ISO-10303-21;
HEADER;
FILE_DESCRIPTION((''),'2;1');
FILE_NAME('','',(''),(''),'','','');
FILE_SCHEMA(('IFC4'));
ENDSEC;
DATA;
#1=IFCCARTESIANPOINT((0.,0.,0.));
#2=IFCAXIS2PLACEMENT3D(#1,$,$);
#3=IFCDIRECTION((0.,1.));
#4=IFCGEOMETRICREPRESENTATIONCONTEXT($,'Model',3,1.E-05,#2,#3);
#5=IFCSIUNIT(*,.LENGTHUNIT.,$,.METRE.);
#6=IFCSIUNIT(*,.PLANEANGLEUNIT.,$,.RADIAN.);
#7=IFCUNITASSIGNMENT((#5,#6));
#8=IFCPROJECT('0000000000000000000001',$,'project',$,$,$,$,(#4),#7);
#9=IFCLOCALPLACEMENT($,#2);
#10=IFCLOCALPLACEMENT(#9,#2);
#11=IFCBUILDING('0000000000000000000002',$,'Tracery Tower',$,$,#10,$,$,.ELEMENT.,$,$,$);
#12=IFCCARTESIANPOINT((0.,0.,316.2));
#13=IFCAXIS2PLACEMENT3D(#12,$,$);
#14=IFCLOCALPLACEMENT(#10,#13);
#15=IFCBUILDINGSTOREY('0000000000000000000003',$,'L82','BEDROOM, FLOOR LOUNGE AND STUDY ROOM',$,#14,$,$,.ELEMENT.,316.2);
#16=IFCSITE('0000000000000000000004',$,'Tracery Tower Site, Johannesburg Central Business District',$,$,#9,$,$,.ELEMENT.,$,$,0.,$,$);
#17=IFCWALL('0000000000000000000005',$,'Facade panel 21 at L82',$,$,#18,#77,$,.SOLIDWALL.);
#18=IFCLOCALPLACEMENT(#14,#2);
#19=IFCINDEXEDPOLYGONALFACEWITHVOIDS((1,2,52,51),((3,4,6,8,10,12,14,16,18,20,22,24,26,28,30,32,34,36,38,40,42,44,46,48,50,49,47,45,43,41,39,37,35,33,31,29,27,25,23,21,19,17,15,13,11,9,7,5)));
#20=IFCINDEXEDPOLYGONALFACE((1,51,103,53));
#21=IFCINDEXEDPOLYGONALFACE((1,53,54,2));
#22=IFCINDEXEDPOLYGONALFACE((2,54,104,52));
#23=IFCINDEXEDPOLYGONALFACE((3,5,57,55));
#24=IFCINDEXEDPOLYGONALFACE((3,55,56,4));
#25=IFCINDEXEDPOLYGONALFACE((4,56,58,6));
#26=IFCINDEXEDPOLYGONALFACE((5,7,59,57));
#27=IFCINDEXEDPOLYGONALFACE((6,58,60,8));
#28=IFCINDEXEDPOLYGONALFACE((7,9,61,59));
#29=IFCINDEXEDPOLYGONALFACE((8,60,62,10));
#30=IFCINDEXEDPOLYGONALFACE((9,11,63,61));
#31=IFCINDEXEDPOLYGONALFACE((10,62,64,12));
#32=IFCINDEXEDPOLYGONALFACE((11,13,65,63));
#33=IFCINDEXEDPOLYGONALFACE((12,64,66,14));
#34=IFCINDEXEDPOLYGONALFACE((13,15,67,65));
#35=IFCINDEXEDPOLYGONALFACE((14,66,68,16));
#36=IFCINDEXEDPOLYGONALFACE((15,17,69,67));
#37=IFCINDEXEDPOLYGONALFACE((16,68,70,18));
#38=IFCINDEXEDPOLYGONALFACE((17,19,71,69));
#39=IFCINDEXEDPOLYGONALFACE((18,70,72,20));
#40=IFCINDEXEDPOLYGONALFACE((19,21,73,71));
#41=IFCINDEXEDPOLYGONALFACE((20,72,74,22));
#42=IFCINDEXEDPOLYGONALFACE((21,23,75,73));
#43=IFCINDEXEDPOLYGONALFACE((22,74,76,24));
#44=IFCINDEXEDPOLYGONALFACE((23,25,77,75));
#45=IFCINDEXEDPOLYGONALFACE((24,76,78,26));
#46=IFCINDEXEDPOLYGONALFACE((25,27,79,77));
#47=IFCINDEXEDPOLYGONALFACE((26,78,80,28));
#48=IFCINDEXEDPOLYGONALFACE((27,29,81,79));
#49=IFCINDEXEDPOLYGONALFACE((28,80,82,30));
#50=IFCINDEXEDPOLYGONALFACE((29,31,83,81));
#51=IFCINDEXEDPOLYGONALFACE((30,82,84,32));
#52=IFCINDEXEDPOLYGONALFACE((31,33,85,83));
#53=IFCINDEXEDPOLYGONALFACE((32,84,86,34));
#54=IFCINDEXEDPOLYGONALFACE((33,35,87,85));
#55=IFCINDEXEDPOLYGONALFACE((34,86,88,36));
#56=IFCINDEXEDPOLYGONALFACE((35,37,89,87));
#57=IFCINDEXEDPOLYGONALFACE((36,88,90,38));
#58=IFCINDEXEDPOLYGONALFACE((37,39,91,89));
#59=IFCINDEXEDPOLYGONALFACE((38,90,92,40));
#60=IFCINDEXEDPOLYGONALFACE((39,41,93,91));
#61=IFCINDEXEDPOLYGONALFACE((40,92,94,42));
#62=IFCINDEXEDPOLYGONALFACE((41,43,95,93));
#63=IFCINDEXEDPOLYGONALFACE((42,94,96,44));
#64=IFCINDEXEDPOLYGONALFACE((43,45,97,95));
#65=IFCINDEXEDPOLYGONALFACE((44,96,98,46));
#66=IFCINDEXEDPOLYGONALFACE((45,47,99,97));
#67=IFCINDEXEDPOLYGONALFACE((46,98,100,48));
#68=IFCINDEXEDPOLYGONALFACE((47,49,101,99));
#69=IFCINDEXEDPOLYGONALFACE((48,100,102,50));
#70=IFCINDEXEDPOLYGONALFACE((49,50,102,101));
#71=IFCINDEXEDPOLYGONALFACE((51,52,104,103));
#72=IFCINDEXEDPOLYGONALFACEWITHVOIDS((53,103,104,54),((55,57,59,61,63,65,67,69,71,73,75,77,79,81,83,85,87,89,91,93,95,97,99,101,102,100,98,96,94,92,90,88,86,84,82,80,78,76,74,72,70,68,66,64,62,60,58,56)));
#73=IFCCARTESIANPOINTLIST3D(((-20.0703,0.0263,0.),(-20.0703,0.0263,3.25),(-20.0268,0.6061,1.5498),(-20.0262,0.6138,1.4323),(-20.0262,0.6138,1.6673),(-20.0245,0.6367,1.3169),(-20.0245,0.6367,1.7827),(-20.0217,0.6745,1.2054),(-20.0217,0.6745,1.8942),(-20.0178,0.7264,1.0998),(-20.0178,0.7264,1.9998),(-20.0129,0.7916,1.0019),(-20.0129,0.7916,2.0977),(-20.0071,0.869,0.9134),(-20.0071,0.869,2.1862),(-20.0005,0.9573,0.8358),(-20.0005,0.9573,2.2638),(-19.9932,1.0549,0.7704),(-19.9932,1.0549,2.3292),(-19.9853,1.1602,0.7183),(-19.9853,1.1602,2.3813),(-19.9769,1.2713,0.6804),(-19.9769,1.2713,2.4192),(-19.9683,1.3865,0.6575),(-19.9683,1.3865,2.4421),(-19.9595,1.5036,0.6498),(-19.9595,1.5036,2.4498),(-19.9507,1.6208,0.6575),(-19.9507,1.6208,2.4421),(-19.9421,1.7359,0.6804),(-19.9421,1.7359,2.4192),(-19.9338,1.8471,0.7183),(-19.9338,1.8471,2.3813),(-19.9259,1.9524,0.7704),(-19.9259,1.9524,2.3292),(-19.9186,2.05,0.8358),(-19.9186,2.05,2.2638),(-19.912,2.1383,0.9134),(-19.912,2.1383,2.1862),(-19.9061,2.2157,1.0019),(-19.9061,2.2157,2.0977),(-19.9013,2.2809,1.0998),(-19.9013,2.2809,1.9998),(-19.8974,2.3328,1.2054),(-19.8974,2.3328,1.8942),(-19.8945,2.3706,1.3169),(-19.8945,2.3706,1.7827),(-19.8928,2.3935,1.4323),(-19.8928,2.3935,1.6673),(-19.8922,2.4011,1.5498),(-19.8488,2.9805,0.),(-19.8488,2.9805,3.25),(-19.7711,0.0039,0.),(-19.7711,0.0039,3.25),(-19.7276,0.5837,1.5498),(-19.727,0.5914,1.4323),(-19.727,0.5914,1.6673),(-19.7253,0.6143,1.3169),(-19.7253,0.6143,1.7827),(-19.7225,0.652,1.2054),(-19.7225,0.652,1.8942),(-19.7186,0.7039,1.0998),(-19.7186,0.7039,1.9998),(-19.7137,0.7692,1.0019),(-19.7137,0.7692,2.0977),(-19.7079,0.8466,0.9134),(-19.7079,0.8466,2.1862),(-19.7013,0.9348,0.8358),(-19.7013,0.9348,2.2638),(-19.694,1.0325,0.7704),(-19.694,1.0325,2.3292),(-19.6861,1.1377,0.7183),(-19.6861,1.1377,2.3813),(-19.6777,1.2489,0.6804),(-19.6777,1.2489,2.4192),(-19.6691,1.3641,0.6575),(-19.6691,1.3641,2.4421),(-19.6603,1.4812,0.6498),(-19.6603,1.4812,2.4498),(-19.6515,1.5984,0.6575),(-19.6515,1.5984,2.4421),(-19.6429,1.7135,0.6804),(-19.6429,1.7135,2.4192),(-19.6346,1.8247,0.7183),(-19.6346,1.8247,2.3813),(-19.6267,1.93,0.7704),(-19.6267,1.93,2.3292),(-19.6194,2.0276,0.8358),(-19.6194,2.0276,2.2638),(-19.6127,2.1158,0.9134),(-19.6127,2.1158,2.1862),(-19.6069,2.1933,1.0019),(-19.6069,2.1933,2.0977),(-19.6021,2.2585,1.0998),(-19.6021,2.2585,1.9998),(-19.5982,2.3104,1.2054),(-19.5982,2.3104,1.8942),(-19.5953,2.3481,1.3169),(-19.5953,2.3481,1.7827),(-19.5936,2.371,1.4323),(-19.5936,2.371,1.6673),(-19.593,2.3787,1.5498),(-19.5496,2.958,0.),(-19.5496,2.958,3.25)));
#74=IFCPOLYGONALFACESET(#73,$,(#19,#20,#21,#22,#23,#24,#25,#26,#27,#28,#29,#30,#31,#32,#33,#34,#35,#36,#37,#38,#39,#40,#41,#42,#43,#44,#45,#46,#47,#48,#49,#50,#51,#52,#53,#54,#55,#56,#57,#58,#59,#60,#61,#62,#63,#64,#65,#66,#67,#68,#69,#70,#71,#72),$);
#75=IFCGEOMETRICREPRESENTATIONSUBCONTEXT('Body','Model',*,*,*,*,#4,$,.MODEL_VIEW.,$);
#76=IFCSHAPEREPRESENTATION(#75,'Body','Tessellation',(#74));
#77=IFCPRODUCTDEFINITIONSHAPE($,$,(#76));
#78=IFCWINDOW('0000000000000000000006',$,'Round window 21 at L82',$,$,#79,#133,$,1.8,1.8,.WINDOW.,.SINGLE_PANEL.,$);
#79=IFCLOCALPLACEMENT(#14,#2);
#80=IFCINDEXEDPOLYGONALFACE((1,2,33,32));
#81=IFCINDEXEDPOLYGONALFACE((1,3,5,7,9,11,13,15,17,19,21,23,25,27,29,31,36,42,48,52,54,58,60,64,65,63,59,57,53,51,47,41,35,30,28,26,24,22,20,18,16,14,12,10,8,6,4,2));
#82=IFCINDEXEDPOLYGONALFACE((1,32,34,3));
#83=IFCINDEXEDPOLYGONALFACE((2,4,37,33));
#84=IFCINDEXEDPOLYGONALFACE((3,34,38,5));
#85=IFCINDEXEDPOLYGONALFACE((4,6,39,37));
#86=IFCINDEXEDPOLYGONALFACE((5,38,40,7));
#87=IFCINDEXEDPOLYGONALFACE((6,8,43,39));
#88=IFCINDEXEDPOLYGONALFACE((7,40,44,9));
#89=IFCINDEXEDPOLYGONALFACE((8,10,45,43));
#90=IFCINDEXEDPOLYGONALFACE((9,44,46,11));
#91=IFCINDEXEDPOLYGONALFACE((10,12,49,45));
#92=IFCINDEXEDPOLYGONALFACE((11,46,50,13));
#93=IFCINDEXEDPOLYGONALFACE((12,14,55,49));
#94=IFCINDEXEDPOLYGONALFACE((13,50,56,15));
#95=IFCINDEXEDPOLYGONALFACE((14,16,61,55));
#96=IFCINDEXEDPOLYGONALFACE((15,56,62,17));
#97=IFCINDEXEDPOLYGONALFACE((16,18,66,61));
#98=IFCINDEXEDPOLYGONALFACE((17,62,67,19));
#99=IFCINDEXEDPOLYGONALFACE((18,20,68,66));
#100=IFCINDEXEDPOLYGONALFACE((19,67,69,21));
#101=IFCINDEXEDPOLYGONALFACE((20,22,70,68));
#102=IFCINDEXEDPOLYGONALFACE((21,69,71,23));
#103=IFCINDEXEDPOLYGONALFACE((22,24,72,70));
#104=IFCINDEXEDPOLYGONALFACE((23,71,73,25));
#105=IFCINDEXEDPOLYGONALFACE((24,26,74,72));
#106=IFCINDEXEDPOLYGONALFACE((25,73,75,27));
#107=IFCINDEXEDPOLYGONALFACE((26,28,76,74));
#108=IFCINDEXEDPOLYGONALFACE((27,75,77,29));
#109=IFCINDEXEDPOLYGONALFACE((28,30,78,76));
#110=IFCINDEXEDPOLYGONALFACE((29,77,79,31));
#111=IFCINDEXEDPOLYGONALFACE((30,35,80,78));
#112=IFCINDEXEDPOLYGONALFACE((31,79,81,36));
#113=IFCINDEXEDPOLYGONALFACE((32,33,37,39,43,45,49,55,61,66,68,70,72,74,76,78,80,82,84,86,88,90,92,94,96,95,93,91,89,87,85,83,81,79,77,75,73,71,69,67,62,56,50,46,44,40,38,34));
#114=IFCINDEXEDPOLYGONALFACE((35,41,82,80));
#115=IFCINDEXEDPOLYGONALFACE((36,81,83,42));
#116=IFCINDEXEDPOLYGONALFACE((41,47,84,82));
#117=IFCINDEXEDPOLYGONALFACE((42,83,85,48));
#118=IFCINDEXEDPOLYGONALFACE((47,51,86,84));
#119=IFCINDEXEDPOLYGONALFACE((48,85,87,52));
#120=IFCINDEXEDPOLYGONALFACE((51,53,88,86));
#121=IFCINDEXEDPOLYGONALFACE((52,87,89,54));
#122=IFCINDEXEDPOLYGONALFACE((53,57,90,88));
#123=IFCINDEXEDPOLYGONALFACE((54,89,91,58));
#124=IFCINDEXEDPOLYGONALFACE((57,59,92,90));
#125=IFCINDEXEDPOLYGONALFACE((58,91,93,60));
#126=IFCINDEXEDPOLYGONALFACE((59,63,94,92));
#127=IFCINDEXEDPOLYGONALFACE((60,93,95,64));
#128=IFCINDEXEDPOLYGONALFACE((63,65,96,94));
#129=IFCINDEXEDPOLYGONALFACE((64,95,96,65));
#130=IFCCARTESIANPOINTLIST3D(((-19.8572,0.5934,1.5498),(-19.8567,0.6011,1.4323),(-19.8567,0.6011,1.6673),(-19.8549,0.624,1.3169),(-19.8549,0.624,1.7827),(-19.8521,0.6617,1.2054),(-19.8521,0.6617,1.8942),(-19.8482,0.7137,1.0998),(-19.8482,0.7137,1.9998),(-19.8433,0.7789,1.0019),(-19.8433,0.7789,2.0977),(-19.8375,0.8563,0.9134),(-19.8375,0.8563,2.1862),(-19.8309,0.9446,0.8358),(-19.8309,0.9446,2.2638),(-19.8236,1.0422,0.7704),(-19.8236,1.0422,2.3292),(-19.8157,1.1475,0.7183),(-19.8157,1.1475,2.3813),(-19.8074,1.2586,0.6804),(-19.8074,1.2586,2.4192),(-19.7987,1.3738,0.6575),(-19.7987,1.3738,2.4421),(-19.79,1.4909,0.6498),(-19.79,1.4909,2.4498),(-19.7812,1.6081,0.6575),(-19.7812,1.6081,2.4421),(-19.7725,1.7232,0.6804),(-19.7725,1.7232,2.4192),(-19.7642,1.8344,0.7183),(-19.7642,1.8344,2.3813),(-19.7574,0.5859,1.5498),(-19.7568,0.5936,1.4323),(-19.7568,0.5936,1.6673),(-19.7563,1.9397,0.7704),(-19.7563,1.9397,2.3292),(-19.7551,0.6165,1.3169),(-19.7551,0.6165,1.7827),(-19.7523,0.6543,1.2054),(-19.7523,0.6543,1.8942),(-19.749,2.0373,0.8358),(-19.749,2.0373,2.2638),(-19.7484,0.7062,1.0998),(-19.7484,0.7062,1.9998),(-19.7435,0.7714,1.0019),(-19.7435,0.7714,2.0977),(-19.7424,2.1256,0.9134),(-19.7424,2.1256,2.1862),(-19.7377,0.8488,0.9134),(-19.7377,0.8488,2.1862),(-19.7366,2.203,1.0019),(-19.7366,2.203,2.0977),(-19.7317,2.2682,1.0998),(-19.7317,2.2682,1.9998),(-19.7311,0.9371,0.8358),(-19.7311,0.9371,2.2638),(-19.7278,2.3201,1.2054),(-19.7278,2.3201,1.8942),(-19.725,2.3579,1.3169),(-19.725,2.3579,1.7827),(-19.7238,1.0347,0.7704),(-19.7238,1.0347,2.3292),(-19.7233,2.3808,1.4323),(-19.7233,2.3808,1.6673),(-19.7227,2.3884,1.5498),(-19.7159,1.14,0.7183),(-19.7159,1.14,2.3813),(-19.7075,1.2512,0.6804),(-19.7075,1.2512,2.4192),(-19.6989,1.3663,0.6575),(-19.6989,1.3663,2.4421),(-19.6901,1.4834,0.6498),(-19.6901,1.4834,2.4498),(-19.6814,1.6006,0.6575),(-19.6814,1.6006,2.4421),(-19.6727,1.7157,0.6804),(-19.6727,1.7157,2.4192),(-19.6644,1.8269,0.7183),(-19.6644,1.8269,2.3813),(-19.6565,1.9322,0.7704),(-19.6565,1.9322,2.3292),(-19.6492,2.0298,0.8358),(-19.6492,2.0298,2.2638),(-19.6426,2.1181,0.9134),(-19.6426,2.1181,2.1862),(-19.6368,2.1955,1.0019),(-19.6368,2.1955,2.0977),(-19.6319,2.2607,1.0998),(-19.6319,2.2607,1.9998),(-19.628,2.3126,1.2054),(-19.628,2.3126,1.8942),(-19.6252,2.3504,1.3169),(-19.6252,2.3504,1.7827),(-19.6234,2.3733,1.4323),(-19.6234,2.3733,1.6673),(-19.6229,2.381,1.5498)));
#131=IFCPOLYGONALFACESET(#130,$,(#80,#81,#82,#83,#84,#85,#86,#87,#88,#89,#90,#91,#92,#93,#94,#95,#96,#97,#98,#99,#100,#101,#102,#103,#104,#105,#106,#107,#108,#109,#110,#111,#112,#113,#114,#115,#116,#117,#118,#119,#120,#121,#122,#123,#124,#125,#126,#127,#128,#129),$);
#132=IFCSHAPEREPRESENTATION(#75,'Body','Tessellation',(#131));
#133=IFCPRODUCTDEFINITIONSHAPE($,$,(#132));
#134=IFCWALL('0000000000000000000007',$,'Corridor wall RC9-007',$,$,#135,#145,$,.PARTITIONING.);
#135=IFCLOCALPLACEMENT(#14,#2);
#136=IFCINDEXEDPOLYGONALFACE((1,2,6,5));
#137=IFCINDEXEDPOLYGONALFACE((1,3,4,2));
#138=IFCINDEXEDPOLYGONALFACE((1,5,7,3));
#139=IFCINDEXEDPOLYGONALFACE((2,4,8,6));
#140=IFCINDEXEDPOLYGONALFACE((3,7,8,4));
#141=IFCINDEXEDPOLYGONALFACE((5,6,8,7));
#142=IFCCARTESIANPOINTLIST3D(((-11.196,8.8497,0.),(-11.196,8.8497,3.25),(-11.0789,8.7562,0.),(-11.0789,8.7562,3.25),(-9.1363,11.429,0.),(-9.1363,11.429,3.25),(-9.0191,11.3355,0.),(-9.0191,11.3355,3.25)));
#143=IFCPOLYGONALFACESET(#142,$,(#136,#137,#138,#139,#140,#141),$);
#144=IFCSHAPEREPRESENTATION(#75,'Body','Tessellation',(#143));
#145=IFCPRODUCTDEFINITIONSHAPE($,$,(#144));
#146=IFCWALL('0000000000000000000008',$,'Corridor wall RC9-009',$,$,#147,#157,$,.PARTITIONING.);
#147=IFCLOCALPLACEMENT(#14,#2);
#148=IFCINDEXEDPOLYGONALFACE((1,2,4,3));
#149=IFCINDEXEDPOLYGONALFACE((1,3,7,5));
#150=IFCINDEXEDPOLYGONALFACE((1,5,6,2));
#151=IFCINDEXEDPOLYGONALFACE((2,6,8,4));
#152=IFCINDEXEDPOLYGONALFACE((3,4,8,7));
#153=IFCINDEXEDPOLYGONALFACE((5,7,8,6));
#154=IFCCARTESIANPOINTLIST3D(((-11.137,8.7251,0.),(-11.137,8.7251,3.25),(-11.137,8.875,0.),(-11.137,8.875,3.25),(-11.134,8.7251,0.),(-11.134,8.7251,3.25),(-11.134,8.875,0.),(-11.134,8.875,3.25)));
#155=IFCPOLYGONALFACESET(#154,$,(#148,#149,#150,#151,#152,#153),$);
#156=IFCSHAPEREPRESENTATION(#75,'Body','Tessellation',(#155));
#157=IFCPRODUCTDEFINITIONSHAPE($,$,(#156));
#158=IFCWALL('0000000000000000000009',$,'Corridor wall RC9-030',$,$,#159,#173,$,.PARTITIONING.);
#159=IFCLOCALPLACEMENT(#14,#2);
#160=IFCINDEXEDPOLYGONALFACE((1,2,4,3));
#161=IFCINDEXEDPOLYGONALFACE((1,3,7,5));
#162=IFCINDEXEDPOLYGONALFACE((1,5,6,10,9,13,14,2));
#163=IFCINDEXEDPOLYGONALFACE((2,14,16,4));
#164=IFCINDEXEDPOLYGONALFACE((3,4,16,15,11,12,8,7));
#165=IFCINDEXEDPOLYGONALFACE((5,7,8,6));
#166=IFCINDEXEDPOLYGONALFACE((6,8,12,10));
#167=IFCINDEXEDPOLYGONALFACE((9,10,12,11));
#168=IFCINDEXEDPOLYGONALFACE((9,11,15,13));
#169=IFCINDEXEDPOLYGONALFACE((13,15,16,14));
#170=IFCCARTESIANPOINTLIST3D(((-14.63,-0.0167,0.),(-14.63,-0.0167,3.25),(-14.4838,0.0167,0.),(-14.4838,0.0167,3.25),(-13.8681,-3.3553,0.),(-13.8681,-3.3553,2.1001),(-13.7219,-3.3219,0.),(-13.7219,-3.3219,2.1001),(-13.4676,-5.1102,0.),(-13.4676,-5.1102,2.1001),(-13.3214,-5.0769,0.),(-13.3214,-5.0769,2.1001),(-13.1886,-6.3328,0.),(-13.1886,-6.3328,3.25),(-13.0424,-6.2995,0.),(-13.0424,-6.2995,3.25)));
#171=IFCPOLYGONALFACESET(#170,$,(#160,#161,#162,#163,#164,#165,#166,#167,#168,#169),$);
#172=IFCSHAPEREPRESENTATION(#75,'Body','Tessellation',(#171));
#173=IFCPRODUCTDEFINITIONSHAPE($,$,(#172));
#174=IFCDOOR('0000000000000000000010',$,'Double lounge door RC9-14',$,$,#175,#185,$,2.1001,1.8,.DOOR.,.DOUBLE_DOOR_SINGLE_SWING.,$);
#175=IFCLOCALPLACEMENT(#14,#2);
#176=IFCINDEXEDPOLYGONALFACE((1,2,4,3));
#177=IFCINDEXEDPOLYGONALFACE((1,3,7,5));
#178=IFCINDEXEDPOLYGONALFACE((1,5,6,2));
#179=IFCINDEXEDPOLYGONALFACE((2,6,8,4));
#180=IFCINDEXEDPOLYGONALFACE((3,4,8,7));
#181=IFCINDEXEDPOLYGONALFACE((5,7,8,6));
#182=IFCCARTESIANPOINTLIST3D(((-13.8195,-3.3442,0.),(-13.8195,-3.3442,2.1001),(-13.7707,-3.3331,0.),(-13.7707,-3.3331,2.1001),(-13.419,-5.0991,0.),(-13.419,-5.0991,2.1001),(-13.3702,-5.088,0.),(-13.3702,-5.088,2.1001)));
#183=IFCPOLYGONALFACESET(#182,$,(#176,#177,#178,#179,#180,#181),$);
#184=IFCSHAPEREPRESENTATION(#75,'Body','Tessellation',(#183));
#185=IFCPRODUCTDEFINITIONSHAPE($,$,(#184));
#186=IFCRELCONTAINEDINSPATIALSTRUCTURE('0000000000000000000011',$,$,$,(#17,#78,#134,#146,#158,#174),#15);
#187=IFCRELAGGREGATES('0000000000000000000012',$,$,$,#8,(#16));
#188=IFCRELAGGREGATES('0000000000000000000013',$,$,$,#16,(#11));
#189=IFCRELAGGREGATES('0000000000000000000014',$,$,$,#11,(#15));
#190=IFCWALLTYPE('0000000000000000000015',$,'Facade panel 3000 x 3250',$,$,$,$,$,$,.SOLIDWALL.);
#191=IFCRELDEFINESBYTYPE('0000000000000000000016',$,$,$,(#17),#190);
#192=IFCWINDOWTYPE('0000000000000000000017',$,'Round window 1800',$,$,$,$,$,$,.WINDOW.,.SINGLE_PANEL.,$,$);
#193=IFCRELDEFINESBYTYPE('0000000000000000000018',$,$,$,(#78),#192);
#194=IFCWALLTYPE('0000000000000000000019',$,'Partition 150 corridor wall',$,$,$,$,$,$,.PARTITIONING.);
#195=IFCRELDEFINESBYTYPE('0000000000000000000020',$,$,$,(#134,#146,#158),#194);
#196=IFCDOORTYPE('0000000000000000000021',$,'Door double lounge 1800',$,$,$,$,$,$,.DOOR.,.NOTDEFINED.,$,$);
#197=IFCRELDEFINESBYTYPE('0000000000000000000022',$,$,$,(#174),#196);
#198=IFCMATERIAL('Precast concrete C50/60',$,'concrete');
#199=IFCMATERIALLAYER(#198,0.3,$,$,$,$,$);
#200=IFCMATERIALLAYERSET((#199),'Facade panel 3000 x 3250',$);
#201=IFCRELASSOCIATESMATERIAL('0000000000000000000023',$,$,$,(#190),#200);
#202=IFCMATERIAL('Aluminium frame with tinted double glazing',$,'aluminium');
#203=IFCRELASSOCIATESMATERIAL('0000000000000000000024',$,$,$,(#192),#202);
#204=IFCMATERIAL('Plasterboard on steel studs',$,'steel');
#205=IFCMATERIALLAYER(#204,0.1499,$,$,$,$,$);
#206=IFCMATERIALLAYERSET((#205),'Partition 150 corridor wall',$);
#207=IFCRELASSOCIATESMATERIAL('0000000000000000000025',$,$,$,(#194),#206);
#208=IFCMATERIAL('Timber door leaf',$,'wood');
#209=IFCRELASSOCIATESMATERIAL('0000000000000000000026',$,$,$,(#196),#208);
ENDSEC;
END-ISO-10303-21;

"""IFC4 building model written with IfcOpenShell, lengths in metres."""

from ifc_helpers import new_model, si_unit, direction, frame, frame_2d, origin, origin_2d, place, context, subcontext, project, spatial, rectangle, circle, extrude, material, layer, layer_set, type_object, element, fill, save


model = new_model("IFC4")

# Units and contexts
model_context = context("Model", 3, precision=1e-05, world=origin(), true_north=direction((0.0, 1.0)))
body_context = subcontext(model_context, "Body", "Model", "MODEL_VIEW")
ifc_project = project(units=[si_unit("LENGTHUNIT", "METRE"), si_unit("PLANEANGLEUNIT", "RADIAN")], contexts=[model_context])

# Site, building, storey
site_placement = place(None, origin())
site = spatial("IfcSite", under=ifc_project, at=site_placement, Name="Tracery Tower Site, Johannesburg Central Business District", CompositionType="ELEMENT", RefElevation=0.0)
building_placement = place(site_placement, origin())
building = spatial("IfcBuilding", under=site, at=building_placement, Name="Tracery Tower", CompositionType="ELEMENT")
storey_placement = place(building_placement, frame((0.0, 0.0, 316.2)))
storey = spatial("IfcBuildingStorey", under=building, at=storey_placement, Name="L82", Description="BEDROOM, FLOOR LOUNGE AND STUDY ROOM", CompositionType="ELEMENT", Elevation=316.2)

# Wall, opening, window
ifc_material_1 = material(Name="Precast concrete C50/60", Category="concrete")
ifc_layer_1 = layer(ifc_material_1, 0.3)
ifc_layer_set_1 = layer_set([ifc_layer_1], Name="Facade panel 3000 x 3250")
wall_type_1 = type_object("IfcWallType", Name="Facade panel 3000 x 3250", PredefinedType="SOLIDWALL", material=ifc_layer_set_1)
ifc_material_2 = material(Name="Aluminium frame with tinted double glazing", Category="aluminium")
window_type = type_object("IfcWindowType", Name="Round window 1800", PartitioningType="SINGLE_PANEL", PredefinedType="WINDOW", material=ifc_material_2)
wall_1_placement = place(storey_placement, frame((-19.6992, 2.9692, 0.0), z_axis=(0.0, 0.0, 1.0), x_axis=(-0.074749, -0.997202, 0.0)))
wall_1 = element("IfcWall", 1, at=wall_1_placement, inside=storey, type_object=wall_type_1, Name="Facade panel 21 at L82", PredefinedType="SOLIDWALL", context=body_context, shape_type="SweptSolid", body=[
    extrude(rectangle(XDim=2.9624, YDim=0.3, at=frame_2d((1.4812, 0.0))), origin(), (0.0, 0.0, 1.0), 3.25),
])
opening_1_placement = place(wall_1_placement, frame((1.481, 0.0, 1.5498)))
opening_1 = element("IfcOpeningElement", 2, at=opening_1_placement, cuts=wall_1, PredefinedType="OPENING", context=body_context, shape_type="SweptSolid", body=[
    extrude(circle(Radius=0.9, at=origin_2d()), frame((0.0, 0.1599, 0.0), z_axis=(0.0, -1.0, 0.0), x_axis=(1.0, 0.0, 0.0)), (0.0, 0.0, 1.0), 0.3201),
])
window_1_placement = place(opening_1_placement, origin())
window_1 = element("IfcWindow", 3, at=window_1_placement, inside=storey, type_object=window_type, Name="Round window 21 at L82", OverallHeight=1.8, OverallWidth=1.8, PartitioningType="SINGLE_PANEL", PredefinedType="WINDOW", context=body_context, shape_type="SweptSolid", body=[
    extrude(circle(Radius=0.9, at=origin_2d()), frame((0.0, 0.1201, 0.0), z_axis=(0.0, -1.0, 0.0), x_axis=(1.0, 0.0, 0.0)), (0.0, 0.0, 1.0), 0.1001),
])
fill(opening_1, window_1)

# Walls
ifc_material_3 = material(Name="Plasterboard on steel studs", Category="steel")
ifc_layer_2 = layer(ifc_material_3, 0.1499)
ifc_layer_set_2 = layer_set([ifc_layer_2], Name="Partition 150 corridor wall")
wall_type_2 = type_object("IfcWallType", Name="Partition 150 corridor wall", PredefinedType="PARTITIONING", material=ifc_layer_set_2)
wall_2_placement = place(storey_placement, frame((-11.1375, 8.803, 0.0), z_axis=(0.0, 0.0, 1.0), x_axis=(0.624018, 0.78141, 0.0)))
element("IfcWall", 4, at=wall_2_placement, inside=storey, type_object=wall_type_2, Name="Corridor wall RC9-007", PredefinedType="PARTITIONING", context=body_context, shape_type="SweptSolid", body=[
    extrude(rectangle(XDim=3.3008, YDim=0.1499, at=frame_2d((1.6504, 0.0))), origin(), (0.0, 0.0, 1.0), 3.25),
])
wall_3_placement = place(storey_placement, frame((-11.134, 8.8, 0.0), z_axis=(0.0, 0.0, 1.0), x_axis=(-1.0, 0.0, 0.0)))
element("IfcWall", 5, at=wall_3_placement, inside=storey, type_object=wall_type_2, Name="Corridor wall RC9-009", PredefinedType="PARTITIONING", context=body_context, shape_type="SweptSolid", body=[
    extrude(rectangle(XDim=0.0029, YDim=0.1499, at=frame_2d((0.0015, 0.0))), origin(), (0.0, 0.0, 1.0), 3.25),
])

# Wall, opening, door
wall_4_placement = place(storey_placement, frame((-14.5569, 0.0, 0.0), z_axis=(0.0, 0.0, 1.0), x_axis=(0.222489, -0.974935, 0.0)))
wall_4 = element("IfcWall", 6, at=wall_4_placement, inside=storey, type_object=wall_type_2, Name="Corridor wall RC9-030", PredefinedType="PARTITIONING", context=body_context, shape_type="SweptSolid", body=[
    extrude(rectangle(XDim=6.4785, YDim=0.1499, at=frame_2d((3.2393, 0.0))), origin(), (0.0, 0.0, 1.0), 3.25),
])
opening_2_placement = place(wall_4_placement, frame((3.4246, 0.0, 0.0)))
opening_2 = element("IfcOpeningElement", 7, at=opening_2_placement, cuts=wall_4, PredefinedType="OPENING", context=body_context, shape_type="SweptSolid", body=[
    extrude(rectangle(XDim=1.8, YDim=2.1001, at=frame_2d((0.8999, 1.05))), frame((0.0, 0.075, 0.0), z_axis=(0.0, -1.0, 0.0), x_axis=(1.0, 0.0, 0.0)), (0.0, 0.0, 1.0), 0.1499),
])
ifc_material_4 = material(Name="Timber door leaf", Category="wood")
door_type_1 = type_object("IfcDoorType", Name="Door double lounge 1800", OperationType="NOTDEFINED", PredefinedType="DOOR", material=ifc_material_4)
door_1_placement = place(opening_2_placement, origin())
door_1 = element("IfcDoor", 8, at=door_1_placement, inside=storey, type_object=door_type_1, Name="Double lounge door RC9-14", OperationType="DOUBLE_DOOR_SINGLE_SWING", OverallHeight=2.1001, OverallWidth=1.8, PredefinedType="DOOR", context=body_context, shape_type="SweptSolid", body=[
    extrude(rectangle(XDim=1.8, YDim=2.1001, at=frame_2d((0.8999, 1.05))), frame((0.0, 0.0249, 0.0), z_axis=(0.0, -1.0, 0.0), x_axis=(1.0, 0.0, 0.0)), (0.0, 0.0, 1.0), 0.05),
])
fill(opening_2, door_1)

save(model, "model.ifc")
